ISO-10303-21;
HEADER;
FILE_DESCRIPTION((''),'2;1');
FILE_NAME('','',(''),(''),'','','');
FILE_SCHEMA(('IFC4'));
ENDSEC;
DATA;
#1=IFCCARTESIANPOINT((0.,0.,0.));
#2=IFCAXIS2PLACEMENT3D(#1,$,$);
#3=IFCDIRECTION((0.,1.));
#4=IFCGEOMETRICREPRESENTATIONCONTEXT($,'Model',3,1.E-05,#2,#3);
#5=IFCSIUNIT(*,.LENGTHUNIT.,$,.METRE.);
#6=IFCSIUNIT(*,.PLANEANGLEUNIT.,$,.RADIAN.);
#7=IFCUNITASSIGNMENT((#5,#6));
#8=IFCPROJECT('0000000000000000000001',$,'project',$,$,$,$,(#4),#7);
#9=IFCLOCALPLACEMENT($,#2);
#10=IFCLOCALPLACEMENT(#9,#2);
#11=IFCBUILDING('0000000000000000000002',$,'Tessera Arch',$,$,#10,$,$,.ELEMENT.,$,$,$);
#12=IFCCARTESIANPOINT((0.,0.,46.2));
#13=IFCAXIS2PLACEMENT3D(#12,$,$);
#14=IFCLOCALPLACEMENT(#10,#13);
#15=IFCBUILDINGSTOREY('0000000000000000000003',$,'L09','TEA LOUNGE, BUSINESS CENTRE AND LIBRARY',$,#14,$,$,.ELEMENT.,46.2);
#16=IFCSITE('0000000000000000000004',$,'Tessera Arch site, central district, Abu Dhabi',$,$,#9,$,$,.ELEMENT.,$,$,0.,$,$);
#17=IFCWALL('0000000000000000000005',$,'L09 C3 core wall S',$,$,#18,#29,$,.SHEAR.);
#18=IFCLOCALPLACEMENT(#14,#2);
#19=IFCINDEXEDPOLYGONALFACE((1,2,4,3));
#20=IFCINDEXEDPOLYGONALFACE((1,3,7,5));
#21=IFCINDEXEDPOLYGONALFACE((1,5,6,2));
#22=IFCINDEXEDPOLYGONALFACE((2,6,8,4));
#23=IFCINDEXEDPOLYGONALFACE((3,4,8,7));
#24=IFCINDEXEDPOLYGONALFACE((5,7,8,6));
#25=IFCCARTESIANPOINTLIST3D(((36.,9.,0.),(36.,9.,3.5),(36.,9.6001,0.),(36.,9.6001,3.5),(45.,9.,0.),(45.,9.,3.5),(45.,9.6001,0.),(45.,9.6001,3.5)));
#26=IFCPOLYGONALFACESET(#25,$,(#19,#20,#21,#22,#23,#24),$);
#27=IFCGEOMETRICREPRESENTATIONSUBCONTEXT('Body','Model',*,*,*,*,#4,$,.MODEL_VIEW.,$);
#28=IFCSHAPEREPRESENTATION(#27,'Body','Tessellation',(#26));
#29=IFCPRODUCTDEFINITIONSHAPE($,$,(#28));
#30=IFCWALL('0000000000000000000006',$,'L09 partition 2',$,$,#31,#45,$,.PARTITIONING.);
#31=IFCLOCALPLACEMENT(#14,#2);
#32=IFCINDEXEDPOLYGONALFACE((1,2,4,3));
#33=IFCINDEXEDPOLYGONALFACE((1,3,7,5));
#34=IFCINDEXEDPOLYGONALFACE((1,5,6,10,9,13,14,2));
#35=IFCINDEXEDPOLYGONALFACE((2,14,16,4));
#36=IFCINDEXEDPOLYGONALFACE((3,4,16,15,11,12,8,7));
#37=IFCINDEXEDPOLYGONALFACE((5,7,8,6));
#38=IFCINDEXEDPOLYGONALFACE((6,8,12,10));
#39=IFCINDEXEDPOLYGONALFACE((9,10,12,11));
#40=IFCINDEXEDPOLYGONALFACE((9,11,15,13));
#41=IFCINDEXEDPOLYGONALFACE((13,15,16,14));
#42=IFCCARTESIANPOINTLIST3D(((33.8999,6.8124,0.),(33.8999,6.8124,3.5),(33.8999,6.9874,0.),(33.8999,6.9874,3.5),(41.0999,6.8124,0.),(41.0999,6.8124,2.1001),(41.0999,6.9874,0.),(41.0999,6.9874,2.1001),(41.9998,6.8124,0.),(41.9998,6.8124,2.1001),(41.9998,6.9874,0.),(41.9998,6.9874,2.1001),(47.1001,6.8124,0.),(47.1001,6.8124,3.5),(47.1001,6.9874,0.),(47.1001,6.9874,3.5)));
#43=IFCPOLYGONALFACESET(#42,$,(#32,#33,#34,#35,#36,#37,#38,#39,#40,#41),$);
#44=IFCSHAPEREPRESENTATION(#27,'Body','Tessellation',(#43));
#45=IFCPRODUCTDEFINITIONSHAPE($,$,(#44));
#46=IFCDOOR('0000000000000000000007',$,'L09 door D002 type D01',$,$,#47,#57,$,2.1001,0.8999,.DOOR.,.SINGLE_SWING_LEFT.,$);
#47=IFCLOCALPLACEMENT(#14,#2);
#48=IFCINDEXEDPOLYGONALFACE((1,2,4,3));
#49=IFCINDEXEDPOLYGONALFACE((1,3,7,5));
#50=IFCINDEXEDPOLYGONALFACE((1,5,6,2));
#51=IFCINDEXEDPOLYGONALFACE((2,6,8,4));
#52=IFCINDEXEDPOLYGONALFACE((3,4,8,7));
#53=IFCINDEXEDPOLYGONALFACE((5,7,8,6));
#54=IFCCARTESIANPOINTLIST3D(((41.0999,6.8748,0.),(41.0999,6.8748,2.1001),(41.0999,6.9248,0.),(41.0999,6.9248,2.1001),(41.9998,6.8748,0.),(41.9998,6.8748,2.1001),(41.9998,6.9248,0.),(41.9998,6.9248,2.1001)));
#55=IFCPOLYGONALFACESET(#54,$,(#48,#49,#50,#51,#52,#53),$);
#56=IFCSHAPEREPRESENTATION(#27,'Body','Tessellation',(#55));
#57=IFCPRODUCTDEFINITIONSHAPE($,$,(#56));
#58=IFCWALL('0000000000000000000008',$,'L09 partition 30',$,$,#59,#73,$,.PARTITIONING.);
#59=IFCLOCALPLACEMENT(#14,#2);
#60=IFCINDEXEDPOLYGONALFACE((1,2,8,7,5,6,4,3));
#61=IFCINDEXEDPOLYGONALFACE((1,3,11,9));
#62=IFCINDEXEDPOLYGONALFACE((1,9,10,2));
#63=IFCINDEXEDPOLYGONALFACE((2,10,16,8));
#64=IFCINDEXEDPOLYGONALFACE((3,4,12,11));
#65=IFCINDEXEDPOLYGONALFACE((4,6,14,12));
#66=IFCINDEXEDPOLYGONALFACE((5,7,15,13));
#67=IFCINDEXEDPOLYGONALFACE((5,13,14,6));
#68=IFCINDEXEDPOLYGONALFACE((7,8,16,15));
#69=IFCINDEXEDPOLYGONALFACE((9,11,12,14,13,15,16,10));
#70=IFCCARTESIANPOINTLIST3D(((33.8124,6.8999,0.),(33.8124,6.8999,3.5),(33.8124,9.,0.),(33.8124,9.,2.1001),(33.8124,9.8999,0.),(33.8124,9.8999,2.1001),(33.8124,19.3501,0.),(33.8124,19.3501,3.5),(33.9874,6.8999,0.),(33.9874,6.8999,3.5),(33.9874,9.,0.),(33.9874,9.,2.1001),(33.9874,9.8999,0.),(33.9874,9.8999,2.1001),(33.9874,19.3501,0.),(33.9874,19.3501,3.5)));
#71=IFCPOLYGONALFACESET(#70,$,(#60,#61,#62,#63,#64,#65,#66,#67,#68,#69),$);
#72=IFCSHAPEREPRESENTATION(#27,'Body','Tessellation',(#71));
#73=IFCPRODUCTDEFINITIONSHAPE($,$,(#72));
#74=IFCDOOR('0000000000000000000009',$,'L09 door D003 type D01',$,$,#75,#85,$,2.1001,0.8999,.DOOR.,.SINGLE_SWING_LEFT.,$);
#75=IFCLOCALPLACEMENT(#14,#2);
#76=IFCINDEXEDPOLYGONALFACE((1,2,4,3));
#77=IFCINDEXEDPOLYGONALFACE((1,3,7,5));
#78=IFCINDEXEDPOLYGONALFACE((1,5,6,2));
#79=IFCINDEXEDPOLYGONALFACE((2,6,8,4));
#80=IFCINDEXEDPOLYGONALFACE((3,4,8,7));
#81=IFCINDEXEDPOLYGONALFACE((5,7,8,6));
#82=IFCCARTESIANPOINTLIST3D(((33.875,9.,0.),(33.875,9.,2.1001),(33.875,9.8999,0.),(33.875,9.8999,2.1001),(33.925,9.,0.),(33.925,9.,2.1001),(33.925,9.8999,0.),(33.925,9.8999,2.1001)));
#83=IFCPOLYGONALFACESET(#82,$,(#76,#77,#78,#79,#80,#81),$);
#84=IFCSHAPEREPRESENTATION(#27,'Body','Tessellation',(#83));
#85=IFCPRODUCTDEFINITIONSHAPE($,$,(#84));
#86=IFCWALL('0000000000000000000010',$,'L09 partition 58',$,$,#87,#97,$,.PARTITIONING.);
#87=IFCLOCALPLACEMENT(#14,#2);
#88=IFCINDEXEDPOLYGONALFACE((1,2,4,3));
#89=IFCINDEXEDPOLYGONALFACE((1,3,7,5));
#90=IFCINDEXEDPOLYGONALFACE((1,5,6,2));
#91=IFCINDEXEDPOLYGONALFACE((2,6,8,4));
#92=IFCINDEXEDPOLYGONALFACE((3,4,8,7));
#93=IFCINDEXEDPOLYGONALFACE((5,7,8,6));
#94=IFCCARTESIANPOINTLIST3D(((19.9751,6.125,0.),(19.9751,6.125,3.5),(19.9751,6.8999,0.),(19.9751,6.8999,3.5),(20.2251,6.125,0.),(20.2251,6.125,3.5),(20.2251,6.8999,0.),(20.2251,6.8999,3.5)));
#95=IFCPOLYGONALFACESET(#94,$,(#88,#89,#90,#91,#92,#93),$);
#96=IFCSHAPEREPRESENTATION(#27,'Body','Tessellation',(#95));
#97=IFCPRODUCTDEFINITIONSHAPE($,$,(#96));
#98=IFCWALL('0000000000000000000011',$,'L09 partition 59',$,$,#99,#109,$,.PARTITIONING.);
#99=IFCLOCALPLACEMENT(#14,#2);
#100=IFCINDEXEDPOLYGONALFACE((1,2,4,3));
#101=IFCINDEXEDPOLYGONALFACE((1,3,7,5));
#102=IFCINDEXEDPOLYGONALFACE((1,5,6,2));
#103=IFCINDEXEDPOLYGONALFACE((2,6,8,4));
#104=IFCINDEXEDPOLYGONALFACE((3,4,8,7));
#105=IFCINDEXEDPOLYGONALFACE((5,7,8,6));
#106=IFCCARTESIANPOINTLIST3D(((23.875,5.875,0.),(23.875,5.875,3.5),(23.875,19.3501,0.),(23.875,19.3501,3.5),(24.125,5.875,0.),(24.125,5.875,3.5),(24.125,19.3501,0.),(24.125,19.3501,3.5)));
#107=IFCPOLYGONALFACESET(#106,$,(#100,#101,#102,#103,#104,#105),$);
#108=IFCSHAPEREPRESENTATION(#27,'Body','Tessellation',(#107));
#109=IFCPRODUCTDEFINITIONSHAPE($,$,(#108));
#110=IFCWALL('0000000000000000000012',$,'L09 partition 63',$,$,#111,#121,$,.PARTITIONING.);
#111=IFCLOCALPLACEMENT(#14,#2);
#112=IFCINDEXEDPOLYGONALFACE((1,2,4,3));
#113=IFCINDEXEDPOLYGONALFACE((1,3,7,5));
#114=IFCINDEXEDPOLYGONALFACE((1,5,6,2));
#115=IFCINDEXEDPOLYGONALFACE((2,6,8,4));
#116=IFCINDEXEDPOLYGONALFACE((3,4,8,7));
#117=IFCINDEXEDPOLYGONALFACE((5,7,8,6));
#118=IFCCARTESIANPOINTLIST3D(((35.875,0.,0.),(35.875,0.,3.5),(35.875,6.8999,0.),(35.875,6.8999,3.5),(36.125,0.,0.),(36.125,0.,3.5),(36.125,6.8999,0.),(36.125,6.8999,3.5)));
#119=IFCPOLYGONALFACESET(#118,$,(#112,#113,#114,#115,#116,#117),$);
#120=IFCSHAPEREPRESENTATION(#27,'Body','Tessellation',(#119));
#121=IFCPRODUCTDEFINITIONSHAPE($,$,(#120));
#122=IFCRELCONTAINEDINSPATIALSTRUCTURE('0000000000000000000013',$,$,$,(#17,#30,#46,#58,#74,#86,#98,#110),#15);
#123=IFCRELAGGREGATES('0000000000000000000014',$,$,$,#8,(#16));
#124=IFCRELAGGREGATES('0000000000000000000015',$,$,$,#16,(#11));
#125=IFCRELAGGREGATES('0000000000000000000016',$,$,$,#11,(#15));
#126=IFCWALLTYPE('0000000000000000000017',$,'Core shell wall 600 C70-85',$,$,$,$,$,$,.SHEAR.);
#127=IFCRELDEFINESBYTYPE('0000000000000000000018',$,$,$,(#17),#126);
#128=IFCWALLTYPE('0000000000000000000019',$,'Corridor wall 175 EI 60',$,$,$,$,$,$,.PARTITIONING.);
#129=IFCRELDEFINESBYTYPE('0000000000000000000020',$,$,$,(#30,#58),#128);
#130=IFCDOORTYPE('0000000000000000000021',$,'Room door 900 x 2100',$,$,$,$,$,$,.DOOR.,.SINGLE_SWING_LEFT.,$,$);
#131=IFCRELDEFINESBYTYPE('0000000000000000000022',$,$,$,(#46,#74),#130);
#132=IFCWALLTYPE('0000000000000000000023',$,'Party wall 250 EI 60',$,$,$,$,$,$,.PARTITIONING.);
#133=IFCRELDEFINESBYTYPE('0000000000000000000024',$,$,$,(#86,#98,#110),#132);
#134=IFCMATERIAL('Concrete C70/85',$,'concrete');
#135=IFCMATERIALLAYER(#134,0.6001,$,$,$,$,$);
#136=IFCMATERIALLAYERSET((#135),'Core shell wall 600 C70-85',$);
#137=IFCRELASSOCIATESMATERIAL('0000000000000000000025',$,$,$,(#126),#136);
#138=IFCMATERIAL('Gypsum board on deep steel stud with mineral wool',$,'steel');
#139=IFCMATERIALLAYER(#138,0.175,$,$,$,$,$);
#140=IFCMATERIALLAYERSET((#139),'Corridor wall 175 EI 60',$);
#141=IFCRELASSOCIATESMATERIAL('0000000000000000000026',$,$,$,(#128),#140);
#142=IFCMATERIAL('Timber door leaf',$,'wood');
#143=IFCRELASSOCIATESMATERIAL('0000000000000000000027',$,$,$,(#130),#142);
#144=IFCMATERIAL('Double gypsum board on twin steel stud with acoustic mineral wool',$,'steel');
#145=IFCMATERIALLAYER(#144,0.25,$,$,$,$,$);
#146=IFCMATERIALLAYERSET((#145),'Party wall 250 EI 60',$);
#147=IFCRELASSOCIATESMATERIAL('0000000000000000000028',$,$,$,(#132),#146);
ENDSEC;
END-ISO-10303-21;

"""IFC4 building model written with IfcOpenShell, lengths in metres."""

from ifc_helpers import new_model, si_unit, direction, frame, frame_2d, origin, place, context, subcontext, project, spatial, rectangle, extrude, material, layer, layer_set, type_object, element, fill, save


model = new_model("IFC4")

# Units and contexts
model_context = context("Model", 3, precision=1e-05, world=origin(), true_north=direction((0.0, 1.0)))
body_context = subcontext(model_context, "Body", "Model", "MODEL_VIEW")
ifc_project = project(units=[si_unit("LENGTHUNIT", "METRE"), si_unit("PLANEANGLEUNIT", "RADIAN")], contexts=[model_context])

# Site, building, storey
site_placement = place(None, origin())
site = spatial("IfcSite", under=ifc_project, at=site_placement, Name="Tessera Arch site, central district, Abu Dhabi", CompositionType="ELEMENT", RefElevation=0.0)
building_placement = place(site_placement, origin())
building = spatial("IfcBuilding", under=site, at=building_placement, Name="Tessera Arch", CompositionType="ELEMENT")
storey_placement = place(building_placement, frame((0.0, 0.0, 46.2)))
storey = spatial("IfcBuildingStorey", under=building, at=storey_placement, Name="L09", Description="TEA LOUNGE, BUSINESS CENTRE AND LIBRARY", CompositionType="ELEMENT", Elevation=46.2)

# Wall
ifc_material_1 = material(Name="Concrete C70/85", Category="concrete")
ifc_layer_1 = layer(ifc_material_1, 0.6001)
ifc_layer_set_1 = layer_set([ifc_layer_1], Name="Core shell wall 600 C70-85")
wall_type_1 = type_object("IfcWallType", Name="Core shell wall 600 C70-85", PredefinedType="SHEAR", material=ifc_layer_set_1)
wall_1_placement = place(storey_placement, frame((36.0, 9.3, 0.0), z_axis=(0.0, 0.0, 1.0), x_axis=(1.0, 0.0, 0.0)))
element("IfcWall", 1, at=wall_1_placement, inside=storey, type_object=wall_type_1, Name="L09 C3 core wall S", PredefinedType="SHEAR", context=body_context, shape_type="SweptSolid", body=[
    extrude(rectangle(XDim=9.0, YDim=0.6001, at=frame_2d((4.5, 0.0))), origin(), (0.0, 0.0, 1.0), 3.5),
])

# Walls, openings, doors
ifc_material_2 = material(Name="Gypsum board on deep steel stud with mineral wool", Category="steel")
ifc_layer_2 = layer(ifc_material_2, 0.175)
ifc_layer_set_2 = layer_set([ifc_layer_2], Name="Corridor wall 175 EI 60")
wall_type_2 = type_object("IfcWallType", Name="Corridor wall 175 EI 60", PredefinedType="PARTITIONING", material=ifc_layer_set_2)
wall_2_placement = place(storey_placement, frame((33.8999, 6.8999, 0.0), z_axis=(0.0, 0.0, 1.0), x_axis=(1.0, 0.0, 0.0)))
wall_2 = element("IfcWall", 2, at=wall_2_placement, inside=storey, type_object=wall_type_2, Name="L09 partition 2", PredefinedType="PARTITIONING", context=body_context, shape_type="SweptSolid", body=[
    extrude(rectangle(XDim=13.2002, YDim=0.175, at=frame_2d((6.6001, 0.0))), origin(), (0.0, 0.0, 1.0), 3.5),
])
opening_1_placement = place(wall_2_placement, frame((7.2, 0.0, 0.0)))
opening_1 = element("IfcOpeningElement", 3, at=opening_1_placement, cuts=wall_2, PredefinedType="OPENING", context=body_context, shape_type="SweptSolid", body=[
    extrude(rectangle(XDim=0.8999, YDim=2.1001, at=frame_2d((0.45, 1.05))), frame((0.0, 0.0974, 0.0), z_axis=(0.0, -1.0, 0.0), x_axis=(1.0, 0.0, 0.0)), (0.0, 0.0, 1.0), 0.1951),
])
ifc_material_3 = material(Name="Timber door leaf", Category="wood")
door_type = type_object("IfcDoorType", Name="Room door 900 x 2100", OperationType="SINGLE_SWING_LEFT", PredefinedType="DOOR", material=ifc_material_3)
door_1_placement = place(opening_1_placement, origin())
door_1 = element("IfcDoor", 4, at=door_1_placement, inside=storey, type_object=door_type, Name="L09 door D002 type D01", OperationType="SINGLE_SWING_LEFT", OverallHeight=2.1001, OverallWidth=0.8999, PredefinedType="DOOR", context=body_context, shape_type="SweptSolid", body=[
    extrude(rectangle(XDim=0.8999, YDim=2.1001, at=frame_2d((0.45, 1.05))), frame((0.0, 0.0249, 0.0), z_axis=(0.0, -1.0, 0.0), x_axis=(1.0, 0.0, 0.0)), (0.0, 0.0, 1.0), 0.05),
])
fill(opening_1, door_1)
wall_3_placement = place(storey_placement, frame((33.8999, 6.8999, 0.0), z_axis=(0.0, 0.0, 1.0), x_axis=(0.0, 1.0, 0.0)))
wall_3 = element("IfcWall", 5, at=wall_3_placement, inside=storey, type_object=wall_type_2, Name="L09 partition 30", PredefinedType="PARTITIONING", context=body_context, shape_type="SweptSolid", body=[
    extrude(rectangle(XDim=12.4502, YDim=0.175, at=frame_2d((6.2251, 0.0))), origin(), (0.0, 0.0, 1.0), 3.5),
])
opening_2_placement = place(wall_3_placement, frame((2.1001, 0.0, 0.0)))
opening_2 = element("IfcOpeningElement", 6, at=opening_2_placement, cuts=wall_3, PredefinedType="OPENING", context=body_context, shape_type="SweptSolid", body=[
    extrude(rectangle(XDim=0.8999, YDim=2.1001, at=frame_2d((0.45, 1.05))), frame((0.0, 0.0974, 0.0), z_axis=(0.0, -1.0, 0.0), x_axis=(1.0, 0.0, 0.0)), (0.0, 0.0, 1.0), 0.1951),
])
door_2_placement = place(opening_2_placement, origin())
door_2 = element("IfcDoor", 7, at=door_2_placement, inside=storey, type_object=door_type, Name="L09 door D003 type D01", OperationType="SINGLE_SWING_LEFT", OverallHeight=2.1001, OverallWidth=0.8999, PredefinedType="DOOR", context=body_context, shape_type="SweptSolid", body=[
    extrude(rectangle(XDim=0.8999, YDim=2.1001, at=frame_2d((0.45, 1.05))), frame((0.0, 0.0249, 0.0), z_axis=(0.0, -1.0, 0.0), x_axis=(1.0, 0.0, 0.0)), (0.0, 0.0, 1.0), 0.05),
])
fill(opening_2, door_2)

# Walls
ifc_material_4 = material(Name="Double gypsum board on twin steel stud with acoustic mineral wool", Category="steel")
ifc_layer_3 = layer(ifc_material_4, 0.25)
ifc_layer_set_3 = layer_set([ifc_layer_3], Name="Party wall 250 EI 60")
wall_type_3 = type_object("IfcWallType", Name="Party wall 250 EI 60", PredefinedType="PARTITIONING", material=ifc_layer_set_3)
wall_4_placement = place(storey_placement, frame((20.1001, 6.125, 0.0), z_axis=(0.0, 0.0, 1.0), x_axis=(0.0, 1.0, 0.0)))
element("IfcWall", 8, at=wall_4_placement, inside=storey, type_object=wall_type_3, Name="L09 partition 58", PredefinedType="PARTITIONING", context=body_context, shape_type="SweptSolid", body=[
    extrude(rectangle(XDim=0.7749, YDim=0.25, at=frame_2d((0.3875, 0.0))), origin(), (0.0, 0.0, 1.0), 3.5),
])
wall_5_placement = place(storey_placement, frame((24.0, 5.875, 0.0), z_axis=(0.0, 0.0, 1.0), x_axis=(0.0, 1.0, 0.0)))
element("IfcWall", 9, at=wall_5_placement, inside=storey, type_object=wall_type_3, Name="L09 partition 59", PredefinedType="PARTITIONING", context=body_context, shape_type="SweptSolid", body=[
    extrude(rectangle(XDim=13.4751, YDim=0.25, at=frame_2d((6.7375, 0.0))), origin(), (0.0, 0.0, 1.0), 3.5),
])
wall_6_placement = place(storey_placement, frame((36.0, 0.0, 0.0), z_axis=(0.0, 0.0, 1.0), x_axis=(0.0, 1.0, 0.0)))
element("IfcWall", 10, at=wall_6_placement, inside=storey, type_object=wall_type_3, Name="L09 partition 63", PredefinedType="PARTITIONING", context=body_context, shape_type="SweptSolid", body=[
    extrude(rectangle(XDim=6.8999, YDim=0.25, at=frame_2d((3.45, 0.0))), origin(), (0.0, 0.0, 1.0), 3.5),
])

save(model, "model.ifc")
